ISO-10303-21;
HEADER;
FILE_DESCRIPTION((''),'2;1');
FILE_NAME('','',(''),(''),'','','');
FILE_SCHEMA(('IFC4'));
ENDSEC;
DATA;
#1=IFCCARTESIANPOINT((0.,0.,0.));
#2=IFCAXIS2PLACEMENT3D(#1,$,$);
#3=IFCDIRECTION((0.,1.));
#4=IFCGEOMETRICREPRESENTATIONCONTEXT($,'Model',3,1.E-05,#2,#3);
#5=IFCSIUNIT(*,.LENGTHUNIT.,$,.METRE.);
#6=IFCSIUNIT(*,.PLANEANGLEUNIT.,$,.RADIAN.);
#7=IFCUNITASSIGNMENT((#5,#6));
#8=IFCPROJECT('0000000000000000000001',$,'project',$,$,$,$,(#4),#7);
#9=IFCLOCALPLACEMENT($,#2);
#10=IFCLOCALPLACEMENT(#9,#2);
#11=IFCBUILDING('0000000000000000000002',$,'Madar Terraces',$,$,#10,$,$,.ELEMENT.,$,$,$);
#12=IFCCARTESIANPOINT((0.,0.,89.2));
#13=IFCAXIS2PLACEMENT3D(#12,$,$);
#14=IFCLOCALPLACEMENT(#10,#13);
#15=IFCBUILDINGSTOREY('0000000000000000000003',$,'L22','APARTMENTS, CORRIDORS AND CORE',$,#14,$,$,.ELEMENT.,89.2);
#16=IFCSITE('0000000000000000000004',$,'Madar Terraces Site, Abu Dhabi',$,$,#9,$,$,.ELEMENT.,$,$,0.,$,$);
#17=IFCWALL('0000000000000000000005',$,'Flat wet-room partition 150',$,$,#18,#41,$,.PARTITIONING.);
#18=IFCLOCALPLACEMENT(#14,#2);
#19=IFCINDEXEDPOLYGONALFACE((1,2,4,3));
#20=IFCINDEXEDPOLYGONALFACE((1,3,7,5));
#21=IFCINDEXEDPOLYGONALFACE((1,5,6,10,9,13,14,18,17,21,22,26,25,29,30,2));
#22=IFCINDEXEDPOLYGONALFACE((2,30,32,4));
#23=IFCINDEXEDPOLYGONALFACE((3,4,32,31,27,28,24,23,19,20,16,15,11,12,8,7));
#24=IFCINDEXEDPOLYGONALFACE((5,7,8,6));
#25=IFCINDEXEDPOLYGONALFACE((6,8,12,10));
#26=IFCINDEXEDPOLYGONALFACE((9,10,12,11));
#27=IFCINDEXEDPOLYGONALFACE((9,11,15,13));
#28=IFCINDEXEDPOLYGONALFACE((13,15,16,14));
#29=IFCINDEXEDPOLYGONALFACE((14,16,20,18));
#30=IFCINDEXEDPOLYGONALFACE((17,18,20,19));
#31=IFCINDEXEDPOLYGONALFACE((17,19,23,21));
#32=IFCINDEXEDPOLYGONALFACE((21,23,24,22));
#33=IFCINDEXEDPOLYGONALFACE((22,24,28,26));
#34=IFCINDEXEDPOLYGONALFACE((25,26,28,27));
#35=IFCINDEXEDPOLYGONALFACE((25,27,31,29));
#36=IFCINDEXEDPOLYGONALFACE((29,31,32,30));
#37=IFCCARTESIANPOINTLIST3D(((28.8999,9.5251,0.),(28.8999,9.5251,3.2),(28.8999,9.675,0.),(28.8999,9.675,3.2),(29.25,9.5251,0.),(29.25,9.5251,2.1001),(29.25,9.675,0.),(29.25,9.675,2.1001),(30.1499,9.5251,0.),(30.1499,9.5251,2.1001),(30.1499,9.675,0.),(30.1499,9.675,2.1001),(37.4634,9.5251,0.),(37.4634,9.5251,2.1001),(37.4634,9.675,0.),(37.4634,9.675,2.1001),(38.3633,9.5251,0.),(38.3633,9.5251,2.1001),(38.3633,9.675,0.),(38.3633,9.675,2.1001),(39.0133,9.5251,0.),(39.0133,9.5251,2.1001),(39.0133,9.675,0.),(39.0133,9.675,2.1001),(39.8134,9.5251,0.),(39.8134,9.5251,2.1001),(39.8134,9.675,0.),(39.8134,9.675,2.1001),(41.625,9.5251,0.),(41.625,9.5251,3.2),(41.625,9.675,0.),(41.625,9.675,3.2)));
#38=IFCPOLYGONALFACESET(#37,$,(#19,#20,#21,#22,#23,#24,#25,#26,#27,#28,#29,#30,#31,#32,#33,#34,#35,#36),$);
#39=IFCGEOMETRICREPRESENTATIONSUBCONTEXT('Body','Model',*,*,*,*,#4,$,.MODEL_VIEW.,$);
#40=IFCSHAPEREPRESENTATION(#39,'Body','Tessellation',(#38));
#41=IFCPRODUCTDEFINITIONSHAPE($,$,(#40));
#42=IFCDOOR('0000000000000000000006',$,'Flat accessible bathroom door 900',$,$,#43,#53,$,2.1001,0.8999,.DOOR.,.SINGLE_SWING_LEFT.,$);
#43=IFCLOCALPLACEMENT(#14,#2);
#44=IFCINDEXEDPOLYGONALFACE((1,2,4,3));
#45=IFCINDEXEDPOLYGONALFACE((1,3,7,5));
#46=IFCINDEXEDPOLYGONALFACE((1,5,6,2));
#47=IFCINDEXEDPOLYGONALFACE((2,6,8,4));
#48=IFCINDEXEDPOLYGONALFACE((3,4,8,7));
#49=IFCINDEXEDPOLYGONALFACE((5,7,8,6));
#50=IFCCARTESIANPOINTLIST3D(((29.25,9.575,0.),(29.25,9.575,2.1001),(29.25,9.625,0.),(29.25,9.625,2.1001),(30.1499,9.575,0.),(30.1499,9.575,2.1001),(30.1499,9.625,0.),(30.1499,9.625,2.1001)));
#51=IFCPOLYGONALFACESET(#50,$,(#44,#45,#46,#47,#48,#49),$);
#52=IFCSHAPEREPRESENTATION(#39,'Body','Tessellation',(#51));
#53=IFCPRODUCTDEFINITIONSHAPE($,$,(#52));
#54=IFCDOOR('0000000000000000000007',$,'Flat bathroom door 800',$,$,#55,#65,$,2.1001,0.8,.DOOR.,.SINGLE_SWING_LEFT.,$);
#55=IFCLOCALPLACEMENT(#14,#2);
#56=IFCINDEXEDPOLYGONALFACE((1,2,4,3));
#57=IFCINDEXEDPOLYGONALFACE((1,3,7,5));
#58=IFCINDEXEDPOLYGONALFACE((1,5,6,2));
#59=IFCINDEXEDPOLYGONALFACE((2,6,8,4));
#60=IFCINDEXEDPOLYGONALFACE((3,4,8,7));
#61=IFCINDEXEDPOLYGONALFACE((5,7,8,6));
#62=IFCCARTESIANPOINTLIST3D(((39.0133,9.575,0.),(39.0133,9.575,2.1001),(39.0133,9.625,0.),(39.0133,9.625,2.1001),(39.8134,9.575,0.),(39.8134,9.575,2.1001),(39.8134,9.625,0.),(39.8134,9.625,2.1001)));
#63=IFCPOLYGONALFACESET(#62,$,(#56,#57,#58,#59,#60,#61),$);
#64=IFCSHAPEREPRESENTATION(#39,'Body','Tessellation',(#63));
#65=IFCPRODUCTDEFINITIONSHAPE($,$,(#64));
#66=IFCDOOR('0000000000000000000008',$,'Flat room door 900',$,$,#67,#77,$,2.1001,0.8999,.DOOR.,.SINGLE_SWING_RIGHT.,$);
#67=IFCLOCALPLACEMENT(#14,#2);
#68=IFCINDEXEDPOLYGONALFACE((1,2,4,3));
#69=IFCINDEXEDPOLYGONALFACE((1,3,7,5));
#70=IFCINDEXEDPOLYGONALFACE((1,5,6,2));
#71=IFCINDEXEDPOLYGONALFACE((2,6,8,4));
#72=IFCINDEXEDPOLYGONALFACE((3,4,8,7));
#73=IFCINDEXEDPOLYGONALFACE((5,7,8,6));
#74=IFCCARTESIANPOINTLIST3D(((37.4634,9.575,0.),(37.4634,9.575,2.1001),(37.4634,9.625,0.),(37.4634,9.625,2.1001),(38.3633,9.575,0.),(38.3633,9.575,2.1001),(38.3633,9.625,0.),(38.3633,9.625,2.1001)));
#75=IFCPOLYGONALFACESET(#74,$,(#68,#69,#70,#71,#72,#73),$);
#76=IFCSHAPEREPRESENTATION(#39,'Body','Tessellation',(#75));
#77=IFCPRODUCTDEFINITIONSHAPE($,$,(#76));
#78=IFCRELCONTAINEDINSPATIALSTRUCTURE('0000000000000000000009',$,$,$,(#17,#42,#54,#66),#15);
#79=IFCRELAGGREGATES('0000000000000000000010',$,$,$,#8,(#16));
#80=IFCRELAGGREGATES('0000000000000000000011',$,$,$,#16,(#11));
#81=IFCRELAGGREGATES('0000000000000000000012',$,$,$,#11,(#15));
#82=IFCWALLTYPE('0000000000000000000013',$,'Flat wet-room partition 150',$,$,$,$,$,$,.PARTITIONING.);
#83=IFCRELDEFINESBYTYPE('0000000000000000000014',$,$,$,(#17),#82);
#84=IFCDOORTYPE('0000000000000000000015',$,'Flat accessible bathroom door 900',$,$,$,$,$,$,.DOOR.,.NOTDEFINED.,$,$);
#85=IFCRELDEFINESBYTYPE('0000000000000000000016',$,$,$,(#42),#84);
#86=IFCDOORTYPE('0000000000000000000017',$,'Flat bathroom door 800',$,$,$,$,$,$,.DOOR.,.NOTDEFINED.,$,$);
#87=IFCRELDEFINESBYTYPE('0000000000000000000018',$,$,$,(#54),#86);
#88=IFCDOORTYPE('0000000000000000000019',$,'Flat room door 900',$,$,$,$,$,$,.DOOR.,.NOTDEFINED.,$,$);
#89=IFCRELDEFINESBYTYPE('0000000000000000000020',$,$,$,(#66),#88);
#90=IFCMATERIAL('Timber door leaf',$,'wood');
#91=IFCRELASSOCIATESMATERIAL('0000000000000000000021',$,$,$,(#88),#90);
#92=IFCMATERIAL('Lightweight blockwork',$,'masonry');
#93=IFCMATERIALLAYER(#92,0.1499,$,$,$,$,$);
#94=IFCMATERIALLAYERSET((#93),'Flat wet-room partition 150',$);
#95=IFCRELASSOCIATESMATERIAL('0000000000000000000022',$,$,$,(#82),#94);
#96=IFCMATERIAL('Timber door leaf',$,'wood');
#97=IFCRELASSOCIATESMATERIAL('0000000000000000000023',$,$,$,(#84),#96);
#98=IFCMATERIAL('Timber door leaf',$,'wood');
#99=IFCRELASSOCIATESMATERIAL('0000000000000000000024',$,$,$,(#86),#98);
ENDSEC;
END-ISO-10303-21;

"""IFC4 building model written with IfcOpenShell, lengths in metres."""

from ifc_helpers import new_model, si_unit, direction, frame, frame_2d, origin, place, context, subcontext, project, spatial, rectangle, extrude, material, layer, layer_set, type_object, element, fill, save


model = new_model("IFC4")

# Units and contexts
model_context = context("Model", 3, precision=1e-05, world=origin(), true_north=direction((0.0, 1.0)))
body_context = subcontext(model_context, "Body", "Model", "MODEL_VIEW")
ifc_project = project(units=[si_unit("LENGTHUNIT", "METRE"), si_unit("PLANEANGLEUNIT", "RADIAN")], contexts=[model_context])

# Site, building, storey
site_placement = place(None, origin())
site = spatial("IfcSite", under=ifc_project, at=site_placement, Name="Madar Terraces Site, Abu Dhabi", CompositionType="ELEMENT", RefElevation=0.0)
building_placement = place(site_placement, origin())
building = spatial("IfcBuilding", under=site, at=building_placement, Name="Madar Terraces", CompositionType="ELEMENT")
storey_placement = place(building_placement, frame((0.0, 0.0, 89.2)))
storey = spatial("IfcBuildingStorey", under=building, at=storey_placement, Name="L22", Description="APARTMENTS, CORRIDORS AND CORE", CompositionType="ELEMENT", Elevation=89.2)

# Shared definitions
ifc_material_1 = material(Name="Timber door leaf", Category="wood")
door_type_1 = type_object("IfcDoorType", Name="Flat room door 900", OperationType="NOTDEFINED", PredefinedType="DOOR", material=ifc_material_1)

# Shared definitions
ifc_material_2 = material(Name="Lightweight blockwork", Category="masonry")
ifc_layer_1 = layer(ifc_material_2, 0.1499)
ifc_layer_set_1 = layer_set([ifc_layer_1], Name="Flat wet-room partition 150")
wall_type_1 = type_object("IfcWallType", Name="Flat wet-room partition 150", PredefinedType="PARTITIONING", material=ifc_layer_set_1)

# Wall, openings, doors
wall_1_placement = place(storey_placement, frame((28.8999, 9.6001, 0.0), z_axis=(0.0, 0.0, 1.0), x_axis=(1.0, 0.0, 0.0)))
wall_1 = element("IfcWall", 1, at=wall_1_placement, inside=storey, type_object=wall_type_1, Name="Flat wet-room partition 150", PredefinedType="PARTITIONING", context=body_context, shape_type="SweptSolid", body=[
    extrude(rectangle(XDim=12.7251, YDim=0.1499, at=frame_2d((6.3625, 0.0))), origin(), (0.0, 0.0, 1.0), 3.2),
])
opening_1_placement = place(wall_1_placement, frame((10.1135, 0.0, 0.0)))
opening_1 = element("IfcOpeningElement", 2, at=opening_1_placement, cuts=wall_1, PredefinedType="OPENING", context=body_context, shape_type="SweptSolid", body=[
    extrude(rectangle(XDim=0.8, YDim=2.1001, at=frame_2d((0.3999, 1.05))), frame((0.0, 0.085, 0.0), z_axis=(0.0, -1.0, 0.0), x_axis=(1.0, 0.0, 0.0)), (0.0, 0.0, 1.0), 0.1699),
])
opening_2_placement = place(wall_1_placement, frame((8.5635, 0.0, 0.0)))
opening_2 = element("IfcOpeningElement", 3, at=opening_2_placement, cuts=wall_1, PredefinedType="OPENING", context=body_context, shape_type="SweptSolid", body=[
    extrude(rectangle(XDim=0.8999, YDim=2.1001, at=frame_2d((0.45, 1.05))), frame((0.0, 0.085, 0.0), z_axis=(0.0, -1.0, 0.0), x_axis=(1.0, 0.0, 0.0)), (0.0, 0.0, 1.0), 0.1699),
])
opening_3_placement = place(wall_1_placement, frame((0.3501, 0.0, 0.0)))
opening_3 = element("IfcOpeningElement", 4, at=opening_3_placement, cuts=wall_1, PredefinedType="OPENING", context=body_context, shape_type="SweptSolid", body=[
    extrude(rectangle(XDim=0.8999, YDim=2.1001, at=frame_2d((0.45, 1.05))), frame((0.0, 0.085, 0.0), z_axis=(0.0, -1.0, 0.0), x_axis=(1.0, 0.0, 0.0)), (0.0, 0.0, 1.0), 0.1699),
])
ifc_material_3 = material(Name="Timber door leaf", Category="wood")
door_type_2 = type_object("IfcDoorType", Name="Flat accessible bathroom door 900", OperationType="NOTDEFINED", PredefinedType="DOOR", material=ifc_material_3)
door_1_placement = place(opening_3_placement, origin())
door_1 = element("IfcDoor", 5, at=door_1_placement, inside=storey, type_object=door_type_2, Name="Flat accessible bathroom door 900", OperationType="SINGLE_SWING_LEFT", OverallHeight=2.1001, OverallWidth=0.8999, PredefinedType="DOOR", context=body_context, shape_type="SweptSolid", body=[
    extrude(rectangle(XDim=0.8999, YDim=2.1001, at=frame_2d((0.45, 1.05))), frame((0.0, 0.0249, 0.0), z_axis=(0.0, -1.0, 0.0), x_axis=(1.0, 0.0, 0.0)), (0.0, 0.0, 1.0), 0.05),
])
fill(opening_3, door_1)
ifc_material_4 = material(Name="Timber door leaf", Category="wood")
door_type_3 = type_object("IfcDoorType", Name="Flat bathroom door 800", OperationType="NOTDEFINED", PredefinedType="DOOR", material=ifc_material_4)
door_2_placement = place(opening_1_placement, origin())
door_2 = element("IfcDoor", 6, at=door_2_placement, inside=storey, type_object=door_type_3, Name="Flat bathroom door 800", OperationType="SINGLE_SWING_LEFT", OverallHeight=2.1001, OverallWidth=0.8, PredefinedType="DOOR", context=body_context, shape_type="SweptSolid", body=[
    extrude(rectangle(XDim=0.8, YDim=2.1001, at=frame_2d((0.3999, 1.05))), frame((0.0, 0.0249, 0.0), z_axis=(0.0, -1.0, 0.0), x_axis=(1.0, 0.0, 0.0)), (0.0, 0.0, 1.0), 0.05),
])
fill(opening_1, door_2)
door_3_placement = place(opening_2_placement, origin())
door_3 = element("IfcDoor", 7, at=door_3_placement, inside=storey, type_object=door_type_1, Name="Flat room door 900", OperationType="SINGLE_SWING_RIGHT", OverallHeight=2.1001, OverallWidth=0.8999, PredefinedType="DOOR", context=body_context, shape_type="SweptSolid", body=[
    extrude(rectangle(XDim=0.8999, YDim=2.1001, at=frame_2d((0.45, 1.05))), frame((0.0, 0.0249, 0.0), z_axis=(0.0, -1.0, 0.0), x_axis=(1.0, 0.0, 0.0)), (0.0, 0.0, 1.0), 0.05),
])
fill(opening_2, door_3)

save(model, "model.ifc")
